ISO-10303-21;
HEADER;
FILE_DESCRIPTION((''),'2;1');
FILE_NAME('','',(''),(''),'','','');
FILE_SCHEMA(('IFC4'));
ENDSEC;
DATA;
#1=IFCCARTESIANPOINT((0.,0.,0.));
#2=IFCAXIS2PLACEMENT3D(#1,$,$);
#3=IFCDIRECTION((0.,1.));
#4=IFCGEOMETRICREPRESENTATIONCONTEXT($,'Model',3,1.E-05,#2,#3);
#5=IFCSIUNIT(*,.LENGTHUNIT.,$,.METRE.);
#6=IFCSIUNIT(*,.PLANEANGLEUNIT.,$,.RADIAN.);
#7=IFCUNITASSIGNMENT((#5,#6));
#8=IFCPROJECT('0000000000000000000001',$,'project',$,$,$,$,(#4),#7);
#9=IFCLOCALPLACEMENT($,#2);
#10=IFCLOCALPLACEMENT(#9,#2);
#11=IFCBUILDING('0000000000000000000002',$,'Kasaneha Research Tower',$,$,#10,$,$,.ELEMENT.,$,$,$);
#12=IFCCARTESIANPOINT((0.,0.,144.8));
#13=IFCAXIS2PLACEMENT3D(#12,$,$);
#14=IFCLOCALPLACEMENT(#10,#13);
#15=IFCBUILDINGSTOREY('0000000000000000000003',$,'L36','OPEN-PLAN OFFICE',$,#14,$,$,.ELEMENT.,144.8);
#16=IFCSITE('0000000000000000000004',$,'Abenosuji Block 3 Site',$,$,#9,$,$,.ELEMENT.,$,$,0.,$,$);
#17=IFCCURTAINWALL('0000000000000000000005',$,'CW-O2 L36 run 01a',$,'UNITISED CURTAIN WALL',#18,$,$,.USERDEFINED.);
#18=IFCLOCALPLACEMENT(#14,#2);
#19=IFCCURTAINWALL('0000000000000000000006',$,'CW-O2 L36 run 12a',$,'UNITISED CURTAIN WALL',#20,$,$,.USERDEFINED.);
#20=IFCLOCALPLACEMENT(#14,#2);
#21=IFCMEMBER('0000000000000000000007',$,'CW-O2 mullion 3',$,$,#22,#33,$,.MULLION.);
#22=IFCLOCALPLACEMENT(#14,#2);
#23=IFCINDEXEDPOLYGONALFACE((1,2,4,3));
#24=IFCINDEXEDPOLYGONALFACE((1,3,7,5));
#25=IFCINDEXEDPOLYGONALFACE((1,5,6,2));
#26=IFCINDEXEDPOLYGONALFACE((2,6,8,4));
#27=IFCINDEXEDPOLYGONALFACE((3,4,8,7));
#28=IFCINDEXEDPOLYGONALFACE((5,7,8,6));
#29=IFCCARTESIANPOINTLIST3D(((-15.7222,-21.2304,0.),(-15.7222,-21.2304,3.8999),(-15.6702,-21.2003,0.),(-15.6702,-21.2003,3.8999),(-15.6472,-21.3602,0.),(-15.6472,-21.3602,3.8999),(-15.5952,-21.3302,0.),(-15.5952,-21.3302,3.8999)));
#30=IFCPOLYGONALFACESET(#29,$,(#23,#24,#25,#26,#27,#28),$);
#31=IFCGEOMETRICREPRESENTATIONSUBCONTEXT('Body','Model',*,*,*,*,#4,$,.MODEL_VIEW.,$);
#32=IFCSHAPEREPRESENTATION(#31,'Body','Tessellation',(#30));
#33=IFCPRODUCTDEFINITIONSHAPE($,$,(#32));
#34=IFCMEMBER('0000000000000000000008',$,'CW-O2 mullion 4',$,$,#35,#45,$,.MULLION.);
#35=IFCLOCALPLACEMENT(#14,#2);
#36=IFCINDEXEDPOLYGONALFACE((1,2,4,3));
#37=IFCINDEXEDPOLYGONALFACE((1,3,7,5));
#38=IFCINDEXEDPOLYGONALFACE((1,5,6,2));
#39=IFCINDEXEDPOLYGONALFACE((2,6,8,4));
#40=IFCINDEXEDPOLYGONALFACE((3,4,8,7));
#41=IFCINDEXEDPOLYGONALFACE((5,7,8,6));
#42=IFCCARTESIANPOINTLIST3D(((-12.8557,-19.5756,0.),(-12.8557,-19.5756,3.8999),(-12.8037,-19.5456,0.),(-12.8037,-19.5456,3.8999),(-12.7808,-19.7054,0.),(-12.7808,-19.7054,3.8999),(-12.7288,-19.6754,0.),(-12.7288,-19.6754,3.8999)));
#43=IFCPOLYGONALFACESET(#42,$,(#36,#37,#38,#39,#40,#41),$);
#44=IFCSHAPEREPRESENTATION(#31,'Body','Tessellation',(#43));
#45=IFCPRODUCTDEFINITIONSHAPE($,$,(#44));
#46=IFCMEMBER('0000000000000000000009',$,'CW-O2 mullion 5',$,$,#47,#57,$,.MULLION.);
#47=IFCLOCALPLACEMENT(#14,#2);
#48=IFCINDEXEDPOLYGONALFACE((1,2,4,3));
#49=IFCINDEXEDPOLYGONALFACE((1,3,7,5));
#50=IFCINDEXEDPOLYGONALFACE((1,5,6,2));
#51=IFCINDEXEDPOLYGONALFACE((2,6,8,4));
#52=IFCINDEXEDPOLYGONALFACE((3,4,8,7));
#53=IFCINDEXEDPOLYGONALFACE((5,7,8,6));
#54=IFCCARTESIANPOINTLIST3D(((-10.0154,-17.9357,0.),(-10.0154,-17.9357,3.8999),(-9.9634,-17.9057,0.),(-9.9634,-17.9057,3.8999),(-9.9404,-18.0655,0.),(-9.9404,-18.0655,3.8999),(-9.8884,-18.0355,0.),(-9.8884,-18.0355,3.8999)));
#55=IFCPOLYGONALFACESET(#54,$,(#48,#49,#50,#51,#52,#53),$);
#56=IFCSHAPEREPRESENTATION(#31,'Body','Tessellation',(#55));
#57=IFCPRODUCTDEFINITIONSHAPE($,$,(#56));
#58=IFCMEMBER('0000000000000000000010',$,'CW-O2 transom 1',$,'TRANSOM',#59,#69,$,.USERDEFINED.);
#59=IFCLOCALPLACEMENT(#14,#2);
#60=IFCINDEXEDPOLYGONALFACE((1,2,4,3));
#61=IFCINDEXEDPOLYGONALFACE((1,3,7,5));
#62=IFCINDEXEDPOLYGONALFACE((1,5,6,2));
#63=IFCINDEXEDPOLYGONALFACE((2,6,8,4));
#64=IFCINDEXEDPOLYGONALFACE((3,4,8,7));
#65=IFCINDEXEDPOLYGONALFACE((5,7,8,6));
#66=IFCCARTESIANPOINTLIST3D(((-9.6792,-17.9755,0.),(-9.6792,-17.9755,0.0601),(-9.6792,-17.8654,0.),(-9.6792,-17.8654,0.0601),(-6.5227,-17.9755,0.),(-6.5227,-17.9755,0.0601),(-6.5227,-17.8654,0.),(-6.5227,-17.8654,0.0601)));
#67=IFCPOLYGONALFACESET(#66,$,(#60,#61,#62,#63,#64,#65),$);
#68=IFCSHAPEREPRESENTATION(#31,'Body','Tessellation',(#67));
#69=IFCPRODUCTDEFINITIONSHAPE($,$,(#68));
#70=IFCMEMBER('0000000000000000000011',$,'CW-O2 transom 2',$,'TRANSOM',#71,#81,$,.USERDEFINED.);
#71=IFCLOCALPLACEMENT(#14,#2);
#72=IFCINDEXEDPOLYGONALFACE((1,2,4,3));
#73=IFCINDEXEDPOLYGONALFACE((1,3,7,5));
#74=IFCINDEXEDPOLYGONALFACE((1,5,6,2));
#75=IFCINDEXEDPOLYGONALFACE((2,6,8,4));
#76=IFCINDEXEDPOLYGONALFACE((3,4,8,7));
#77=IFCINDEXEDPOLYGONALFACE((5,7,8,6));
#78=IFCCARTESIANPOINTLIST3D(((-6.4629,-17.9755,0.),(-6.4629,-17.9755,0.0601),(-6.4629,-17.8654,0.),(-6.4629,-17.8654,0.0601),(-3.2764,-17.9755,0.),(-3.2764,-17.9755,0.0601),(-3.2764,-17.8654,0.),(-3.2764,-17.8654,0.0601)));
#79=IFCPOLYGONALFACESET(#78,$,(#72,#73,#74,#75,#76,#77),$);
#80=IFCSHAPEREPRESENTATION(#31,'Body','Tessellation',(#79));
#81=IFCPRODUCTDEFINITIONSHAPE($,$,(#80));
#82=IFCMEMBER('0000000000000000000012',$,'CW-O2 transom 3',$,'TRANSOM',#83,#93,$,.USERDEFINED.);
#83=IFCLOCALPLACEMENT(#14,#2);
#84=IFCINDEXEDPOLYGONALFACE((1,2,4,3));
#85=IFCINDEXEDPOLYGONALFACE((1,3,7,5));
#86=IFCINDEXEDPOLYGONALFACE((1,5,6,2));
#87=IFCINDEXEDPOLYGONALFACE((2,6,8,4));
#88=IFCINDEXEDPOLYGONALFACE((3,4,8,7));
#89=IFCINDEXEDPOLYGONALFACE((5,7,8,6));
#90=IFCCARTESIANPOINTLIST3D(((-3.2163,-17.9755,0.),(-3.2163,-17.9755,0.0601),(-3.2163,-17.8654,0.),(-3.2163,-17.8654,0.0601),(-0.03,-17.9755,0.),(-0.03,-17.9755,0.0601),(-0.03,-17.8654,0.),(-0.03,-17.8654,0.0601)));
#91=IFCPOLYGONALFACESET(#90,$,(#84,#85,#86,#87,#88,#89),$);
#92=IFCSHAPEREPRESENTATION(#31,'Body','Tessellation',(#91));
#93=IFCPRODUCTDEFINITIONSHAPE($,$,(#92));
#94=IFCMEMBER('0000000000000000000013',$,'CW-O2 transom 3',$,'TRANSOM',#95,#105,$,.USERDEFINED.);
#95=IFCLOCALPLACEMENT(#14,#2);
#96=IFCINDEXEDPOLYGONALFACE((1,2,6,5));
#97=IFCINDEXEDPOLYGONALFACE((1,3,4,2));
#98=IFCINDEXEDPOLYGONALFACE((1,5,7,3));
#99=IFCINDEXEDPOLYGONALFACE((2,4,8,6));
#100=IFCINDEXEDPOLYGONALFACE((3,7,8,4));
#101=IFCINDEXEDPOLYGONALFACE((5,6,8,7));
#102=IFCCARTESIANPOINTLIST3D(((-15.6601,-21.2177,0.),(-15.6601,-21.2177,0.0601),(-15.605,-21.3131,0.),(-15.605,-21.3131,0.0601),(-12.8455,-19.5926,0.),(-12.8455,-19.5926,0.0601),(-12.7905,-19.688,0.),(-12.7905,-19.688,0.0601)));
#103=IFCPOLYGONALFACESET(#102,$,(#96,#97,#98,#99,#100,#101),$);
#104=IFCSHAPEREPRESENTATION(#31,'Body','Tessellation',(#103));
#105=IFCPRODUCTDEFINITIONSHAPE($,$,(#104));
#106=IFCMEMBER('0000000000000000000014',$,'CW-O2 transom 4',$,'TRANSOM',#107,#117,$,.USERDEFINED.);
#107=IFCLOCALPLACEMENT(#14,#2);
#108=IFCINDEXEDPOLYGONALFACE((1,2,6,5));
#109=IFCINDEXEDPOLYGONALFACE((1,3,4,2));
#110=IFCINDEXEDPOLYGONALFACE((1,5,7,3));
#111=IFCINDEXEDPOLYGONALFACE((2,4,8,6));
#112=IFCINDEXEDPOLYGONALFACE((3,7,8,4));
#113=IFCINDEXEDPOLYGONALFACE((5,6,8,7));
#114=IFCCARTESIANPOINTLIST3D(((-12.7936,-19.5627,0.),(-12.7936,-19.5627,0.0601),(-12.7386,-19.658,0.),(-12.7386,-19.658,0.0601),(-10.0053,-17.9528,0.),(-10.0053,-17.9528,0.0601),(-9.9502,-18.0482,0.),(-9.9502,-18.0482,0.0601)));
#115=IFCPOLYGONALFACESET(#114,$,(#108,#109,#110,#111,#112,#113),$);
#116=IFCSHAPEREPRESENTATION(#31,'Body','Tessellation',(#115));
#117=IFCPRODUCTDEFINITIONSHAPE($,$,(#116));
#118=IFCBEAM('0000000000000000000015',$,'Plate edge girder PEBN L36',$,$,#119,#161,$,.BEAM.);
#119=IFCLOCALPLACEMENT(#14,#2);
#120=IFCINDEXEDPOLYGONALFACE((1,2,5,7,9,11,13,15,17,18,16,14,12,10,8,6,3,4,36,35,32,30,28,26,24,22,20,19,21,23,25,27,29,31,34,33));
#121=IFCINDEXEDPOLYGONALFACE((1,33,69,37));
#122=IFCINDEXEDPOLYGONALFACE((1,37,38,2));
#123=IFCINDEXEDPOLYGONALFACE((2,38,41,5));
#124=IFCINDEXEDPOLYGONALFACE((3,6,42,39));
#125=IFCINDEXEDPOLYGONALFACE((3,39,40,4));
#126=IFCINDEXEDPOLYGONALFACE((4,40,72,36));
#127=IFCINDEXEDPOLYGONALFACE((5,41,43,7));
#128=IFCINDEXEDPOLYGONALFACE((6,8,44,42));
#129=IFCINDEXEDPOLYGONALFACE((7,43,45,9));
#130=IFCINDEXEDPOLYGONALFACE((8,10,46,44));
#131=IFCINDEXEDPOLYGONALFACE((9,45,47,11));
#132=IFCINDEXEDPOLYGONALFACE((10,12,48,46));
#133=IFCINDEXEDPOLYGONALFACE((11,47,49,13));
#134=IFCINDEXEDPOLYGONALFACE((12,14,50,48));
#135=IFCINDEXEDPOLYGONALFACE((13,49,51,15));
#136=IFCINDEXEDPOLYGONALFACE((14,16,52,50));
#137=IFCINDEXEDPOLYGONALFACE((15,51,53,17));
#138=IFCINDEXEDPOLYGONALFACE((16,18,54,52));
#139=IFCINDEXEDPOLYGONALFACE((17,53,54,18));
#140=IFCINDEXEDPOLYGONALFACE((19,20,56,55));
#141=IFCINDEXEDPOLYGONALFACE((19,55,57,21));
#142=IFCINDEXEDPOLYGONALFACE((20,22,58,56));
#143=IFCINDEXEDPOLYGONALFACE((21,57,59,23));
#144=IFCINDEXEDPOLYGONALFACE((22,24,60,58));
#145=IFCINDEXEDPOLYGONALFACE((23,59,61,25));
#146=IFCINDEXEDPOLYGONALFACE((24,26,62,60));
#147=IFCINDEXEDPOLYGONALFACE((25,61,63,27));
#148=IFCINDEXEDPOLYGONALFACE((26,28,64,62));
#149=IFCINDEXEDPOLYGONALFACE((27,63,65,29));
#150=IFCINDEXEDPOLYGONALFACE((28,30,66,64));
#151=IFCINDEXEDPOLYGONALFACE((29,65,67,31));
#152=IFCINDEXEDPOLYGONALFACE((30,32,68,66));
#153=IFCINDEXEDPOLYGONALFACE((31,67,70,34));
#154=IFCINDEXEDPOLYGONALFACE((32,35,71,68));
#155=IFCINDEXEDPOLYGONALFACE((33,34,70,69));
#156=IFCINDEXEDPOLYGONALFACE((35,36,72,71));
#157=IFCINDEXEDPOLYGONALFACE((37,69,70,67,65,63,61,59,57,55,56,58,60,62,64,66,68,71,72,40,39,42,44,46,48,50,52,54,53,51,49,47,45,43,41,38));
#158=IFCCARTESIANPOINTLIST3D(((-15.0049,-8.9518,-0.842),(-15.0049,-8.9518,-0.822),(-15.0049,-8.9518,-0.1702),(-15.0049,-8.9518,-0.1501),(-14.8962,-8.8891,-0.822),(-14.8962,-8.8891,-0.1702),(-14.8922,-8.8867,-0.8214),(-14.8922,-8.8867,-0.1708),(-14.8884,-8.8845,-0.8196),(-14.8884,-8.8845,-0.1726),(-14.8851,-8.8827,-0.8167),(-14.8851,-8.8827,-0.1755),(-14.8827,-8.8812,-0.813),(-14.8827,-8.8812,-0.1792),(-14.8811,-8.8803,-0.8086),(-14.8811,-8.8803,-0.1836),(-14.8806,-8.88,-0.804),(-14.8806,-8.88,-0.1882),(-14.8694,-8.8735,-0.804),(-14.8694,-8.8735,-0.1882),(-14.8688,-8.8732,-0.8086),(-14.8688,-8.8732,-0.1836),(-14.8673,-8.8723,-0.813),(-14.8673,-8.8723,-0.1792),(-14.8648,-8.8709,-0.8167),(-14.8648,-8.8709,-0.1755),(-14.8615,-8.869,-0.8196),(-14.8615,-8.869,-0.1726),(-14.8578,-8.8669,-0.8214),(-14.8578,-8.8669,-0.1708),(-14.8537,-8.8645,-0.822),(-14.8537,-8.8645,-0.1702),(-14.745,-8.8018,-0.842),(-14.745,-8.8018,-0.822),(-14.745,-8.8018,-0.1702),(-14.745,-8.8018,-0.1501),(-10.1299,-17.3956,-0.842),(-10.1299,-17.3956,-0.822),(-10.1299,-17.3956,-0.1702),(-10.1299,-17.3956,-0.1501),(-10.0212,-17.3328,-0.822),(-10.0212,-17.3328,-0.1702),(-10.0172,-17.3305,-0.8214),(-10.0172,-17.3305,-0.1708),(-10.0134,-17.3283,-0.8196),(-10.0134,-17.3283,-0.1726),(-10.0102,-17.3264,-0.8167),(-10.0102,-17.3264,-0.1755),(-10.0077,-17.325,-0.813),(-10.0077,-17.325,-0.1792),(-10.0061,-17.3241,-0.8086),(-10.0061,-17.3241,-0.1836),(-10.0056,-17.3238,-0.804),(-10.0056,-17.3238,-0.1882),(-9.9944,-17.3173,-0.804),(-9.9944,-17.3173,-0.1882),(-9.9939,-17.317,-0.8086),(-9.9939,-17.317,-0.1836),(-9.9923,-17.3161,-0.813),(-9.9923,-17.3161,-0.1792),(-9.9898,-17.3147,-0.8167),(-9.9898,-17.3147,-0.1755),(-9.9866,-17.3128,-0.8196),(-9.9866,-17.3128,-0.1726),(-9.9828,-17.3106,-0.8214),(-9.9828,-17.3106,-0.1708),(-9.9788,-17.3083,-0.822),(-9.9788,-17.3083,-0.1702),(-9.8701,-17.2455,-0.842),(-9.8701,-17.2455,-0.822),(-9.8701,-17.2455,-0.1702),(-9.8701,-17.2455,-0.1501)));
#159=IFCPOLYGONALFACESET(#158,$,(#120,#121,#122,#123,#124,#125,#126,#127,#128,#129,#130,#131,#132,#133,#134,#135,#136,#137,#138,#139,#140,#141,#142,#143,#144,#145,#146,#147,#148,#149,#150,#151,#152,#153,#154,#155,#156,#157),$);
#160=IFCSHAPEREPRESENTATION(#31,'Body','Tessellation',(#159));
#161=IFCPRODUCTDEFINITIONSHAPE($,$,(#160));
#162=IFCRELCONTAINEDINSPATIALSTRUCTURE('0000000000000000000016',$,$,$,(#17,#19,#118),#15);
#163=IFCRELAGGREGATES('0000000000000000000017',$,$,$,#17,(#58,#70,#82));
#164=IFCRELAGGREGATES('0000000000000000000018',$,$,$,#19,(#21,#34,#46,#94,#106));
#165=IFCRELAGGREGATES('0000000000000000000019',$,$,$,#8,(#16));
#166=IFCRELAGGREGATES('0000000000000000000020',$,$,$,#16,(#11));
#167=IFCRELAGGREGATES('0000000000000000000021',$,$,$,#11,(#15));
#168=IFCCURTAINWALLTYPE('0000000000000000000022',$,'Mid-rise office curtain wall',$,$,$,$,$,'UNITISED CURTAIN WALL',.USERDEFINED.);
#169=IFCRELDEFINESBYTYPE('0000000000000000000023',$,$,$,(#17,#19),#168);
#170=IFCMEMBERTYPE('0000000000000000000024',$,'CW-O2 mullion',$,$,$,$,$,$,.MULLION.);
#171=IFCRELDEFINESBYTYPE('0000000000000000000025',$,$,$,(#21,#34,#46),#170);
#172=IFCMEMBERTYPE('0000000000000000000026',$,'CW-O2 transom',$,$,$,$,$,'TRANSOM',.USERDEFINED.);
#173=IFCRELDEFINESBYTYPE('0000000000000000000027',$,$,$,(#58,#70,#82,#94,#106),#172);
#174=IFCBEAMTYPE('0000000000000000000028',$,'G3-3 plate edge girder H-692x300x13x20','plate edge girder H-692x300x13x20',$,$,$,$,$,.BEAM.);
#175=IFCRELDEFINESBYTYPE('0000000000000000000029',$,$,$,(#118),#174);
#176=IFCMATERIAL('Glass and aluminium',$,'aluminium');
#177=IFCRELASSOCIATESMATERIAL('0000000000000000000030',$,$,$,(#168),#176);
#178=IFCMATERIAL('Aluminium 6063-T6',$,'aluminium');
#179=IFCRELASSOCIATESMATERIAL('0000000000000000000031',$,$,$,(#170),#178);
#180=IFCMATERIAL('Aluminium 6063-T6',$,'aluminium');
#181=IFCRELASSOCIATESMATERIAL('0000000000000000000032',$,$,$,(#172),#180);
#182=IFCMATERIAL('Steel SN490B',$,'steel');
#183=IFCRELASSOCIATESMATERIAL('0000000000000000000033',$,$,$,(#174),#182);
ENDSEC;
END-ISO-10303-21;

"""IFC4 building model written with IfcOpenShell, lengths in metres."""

from ifc_helpers import new_model, si_unit, direction, frame, origin, origin_2d, place, context, subcontext, project, spatial, rectangle, i_section, extrude, material, material_profile, profile_set, type_object, element, aggregate, save


model = new_model("IFC4")

# Units and contexts
model_context = context("Model", 3, precision=1e-05, world=origin(), true_north=direction((0.0, 1.0)))
body_context = subcontext(model_context, "Body", "Model", "MODEL_VIEW")
ifc_project = project(units=[si_unit("LENGTHUNIT", "METRE"), si_unit("PLANEANGLEUNIT", "RADIAN")], contexts=[model_context])

# Site, building, storey
site_placement = place(None, origin())
site = spatial("IfcSite", under=ifc_project, at=site_placement, Name="Abenosuji Block 3 Site", CompositionType="ELEMENT", RefElevation=0.0)
building_placement = place(site_placement, origin())
building = spatial("IfcBuilding", under=site, at=building_placement, Name="Kasaneha Research Tower", CompositionType="ELEMENT")
storey_placement = place(building_placement, frame((0.0, 0.0, 144.8)))
storey = spatial("IfcBuildingStorey", under=building, at=storey_placement, Name="L36", Description="OPEN-PLAN OFFICE", CompositionType="ELEMENT", Elevation=144.8)

# Curtain walls, members
ifc_material_1 = material(Name="Glass and aluminium", Category="aluminium")
curtain_wall_type = type_object("IfcCurtainWallType", Name="Mid-rise office curtain wall", ElementType="UNITISED CURTAIN WALL", PredefinedType="USERDEFINED", material=ifc_material_1)
curtain_wall_1_placement = place(storey_placement, origin())
curtain_wall_1 = element("IfcCurtainWall", 1, at=curtain_wall_1_placement, inside=storey, type_object=curtain_wall_type, Name="CW-O2 L36 run 01a", ObjectType="UNITISED CURTAIN WALL", PredefinedType="USERDEFINED")
ifc_material_2 = material(Name="Aluminium 6063-T6", Category="aluminium")
ifc_material_profile_1 = material_profile(ifc_material_2, rectangle(XDim=0.0601, YDim=0.1499, at=origin_2d()), Name="CW-O2 mullion 60x150")
ifc_profile_set_1 = profile_set([ifc_material_profile_1], Name="Aluminium 6063-T6")
member_type_1 = type_object("IfcMemberType", Name="CW-O2 mullion", PredefinedType="MULLION", material=ifc_profile_set_1)
curtain_wall_2_placement = place(storey_placement, origin())
curtain_wall_2 = element("IfcCurtainWall", 2, at=curtain_wall_2_placement, inside=storey, type_object=curtain_wall_type, Name="CW-O2 L36 run 12a", ObjectType="UNITISED CURTAIN WALL", PredefinedType="USERDEFINED")
member_1_placement = place(storey_placement, frame((-15.6587, -21.2803, 0.0), z_axis=(0.0, 0.0, 1.0), x_axis=(0.866025, 0.5, 0.0)))
member_1 = element("IfcMember", 3, at=member_1_placement, type_object=member_type_1, Name="CW-O2 mullion 3", PredefinedType="MULLION", context=body_context, shape_type="SweptSolid", body=[
    extrude(rectangle(XDim=0.0601, YDim=0.1499, at=origin_2d()), origin(), (0.0, 0.0, 1.0), 3.8999),
])
member_2_placement = place(storey_placement, frame((-12.7922, -19.6255, 0.0), z_axis=(0.0, 0.0, 1.0), x_axis=(0.866025, 0.5, 0.0)))
member_2 = element("IfcMember", 4, at=member_2_placement, type_object=member_type_1, Name="CW-O2 mullion 4", PredefinedType="MULLION", context=body_context, shape_type="SweptSolid", body=[
    extrude(rectangle(XDim=0.0601, YDim=0.1499, at=origin_2d()), origin(), (0.0, 0.0, 1.0), 3.8999),
])
member_3_placement = place(storey_placement, frame((-9.9519, -17.9856, 0.0), z_axis=(0.0, 0.0, 1.0), x_axis=(0.866025, 0.5, 0.0)))
member_3 = element("IfcMember", 5, at=member_3_placement, type_object=member_type_1, Name="CW-O2 mullion 5", PredefinedType="MULLION", context=body_context, shape_type="SweptSolid", body=[
    extrude(rectangle(XDim=0.0601, YDim=0.1499, at=origin_2d()), origin(), (0.0, 0.0, 1.0), 3.8999),
])

# Members
ifc_material_3 = material(Name="Aluminium 6063-T6", Category="aluminium")
ifc_material_profile_2 = material_profile(ifc_material_3, rectangle(XDim=0.1101, YDim=0.0601, at=origin_2d()), Name="CW-O2 transom 110x60")
ifc_profile_set_2 = profile_set([ifc_material_profile_2], Name="Aluminium 6063-T6")
member_type_2 = type_object("IfcMemberType", Name="CW-O2 transom", ElementType="TRANSOM", PredefinedType="USERDEFINED", material=ifc_profile_set_2)
member_4_placement = place(storey_placement, frame((-9.6792, -17.9204, 0.03), z_axis=(1.0, 0.0, 0.0), x_axis=(0.0, 1.0, 0.0)))
member_4 = element("IfcMember", 6, at=member_4_placement, type_object=member_type_2, Name="CW-O2 transom 1", ObjectType="TRANSOM", PredefinedType="USERDEFINED", context=body_context, shape_type="SweptSolid", body=[
    extrude(rectangle(XDim=0.1101, YDim=0.0601, at=origin_2d()), origin(), (0.0, 0.0, 1.0), 3.1565),
])
member_5_placement = place(storey_placement, frame((-6.4629, -17.9204, 0.03), z_axis=(1.0, 0.0, 0.0), x_axis=(0.0, 1.0, 0.0)))
member_5 = element("IfcMember", 7, at=member_5_placement, type_object=member_type_2, Name="CW-O2 transom 2", ObjectType="TRANSOM", PredefinedType="USERDEFINED", context=body_context, shape_type="SweptSolid", body=[
    extrude(rectangle(XDim=0.1101, YDim=0.0601, at=origin_2d()), origin(), (0.0, 0.0, 1.0), 3.1865),
])
member_6_placement = place(storey_placement, frame((-3.2163, -17.9204, 0.03), z_axis=(1.0, 0.0, 0.0), x_axis=(0.0, 1.0, 0.0)))
member_6 = element("IfcMember", 8, at=member_6_placement, type_object=member_type_2, Name="CW-O2 transom 3", ObjectType="TRANSOM", PredefinedType="USERDEFINED", context=body_context, shape_type="SweptSolid", body=[
    extrude(rectangle(XDim=0.1101, YDim=0.0601, at=origin_2d()), origin(), (0.0, 0.0, 1.0), 3.1863),
])
member_7_placement = place(storey_placement, frame((-15.6326, -21.2654, 0.03), z_axis=(0.866015, 0.500017, 0.0), x_axis=(-0.500017, 0.866015, 0.0)))
member_7 = element("IfcMember", 9, at=member_7_placement, type_object=member_type_2, Name="CW-O2 transom 3", ObjectType="TRANSOM", PredefinedType="USERDEFINED", context=body_context, shape_type="SweptSolid", body=[
    extrude(rectangle(XDim=0.1101, YDim=0.0601, at=origin_2d()), origin(), (0.0, 0.0, 1.0), 3.25),
])
member_8_placement = place(storey_placement, frame((-12.7661, -19.6104, 0.03), z_axis=(0.866023, 0.500005, 0.0), x_axis=(-0.500005, 0.866023, 0.0)))
member_8 = element("IfcMember", 10, at=member_8_placement, type_object=member_type_2, Name="CW-O2 transom 4", ObjectType="TRANSOM", PredefinedType="USERDEFINED", context=body_context, shape_type="SweptSolid", body=[
    extrude(rectangle(XDim=0.1101, YDim=0.0601, at=origin_2d()), origin(), (0.0, 0.0, 1.0), 3.2197),
])

# Beam
ifc_material_4 = material(Name="Steel SN490B", Category="steel")
ifc_material_profile_3 = material_profile(ifc_material_4, i_section(OverallWidth=0.3, OverallDepth=0.6919, WebThickness=0.0129, FlangeThickness=0.02, FilletRadius=0.0181, at=origin_2d()), Name="H-692x300x13x20")
ifc_profile_set_3 = profile_set([ifc_material_profile_3], Name="Steel SN490B")
beam_type_1 = type_object("IfcBeamType", Name="G3-3 plate edge girder H-692x300x13x20", Description="plate edge girder H-692x300x13x20", PredefinedType="BEAM", material=ifc_profile_set_3)
beam_1_placement = place(storey_placement, frame((-10.0, -17.3206, -0.4961), z_axis=(-0.499996, 0.866028, 0.0), x_axis=(-0.866028, -0.499996, 0.0)))
element("IfcBeam", 11, at=beam_1_placement, inside=storey, type_object=beam_type_1, Name="Plate edge girder PEBN L36", PredefinedType="BEAM", context=body_context, shape_type="SweptSolid", body=[
    extrude(i_section(OverallWidth=0.3, OverallDepth=0.6919, WebThickness=0.0129, FlangeThickness=0.02, FilletRadius=0.0181, at=origin_2d()), origin(), (0.0, 0.0, 1.0), 9.75),
])

aggregate(curtain_wall_1, [member_4, member_5, member_6])
aggregate(curtain_wall_2, [member_1, member_2, member_3, member_7, member_8])

save(model, "model.ifc")
